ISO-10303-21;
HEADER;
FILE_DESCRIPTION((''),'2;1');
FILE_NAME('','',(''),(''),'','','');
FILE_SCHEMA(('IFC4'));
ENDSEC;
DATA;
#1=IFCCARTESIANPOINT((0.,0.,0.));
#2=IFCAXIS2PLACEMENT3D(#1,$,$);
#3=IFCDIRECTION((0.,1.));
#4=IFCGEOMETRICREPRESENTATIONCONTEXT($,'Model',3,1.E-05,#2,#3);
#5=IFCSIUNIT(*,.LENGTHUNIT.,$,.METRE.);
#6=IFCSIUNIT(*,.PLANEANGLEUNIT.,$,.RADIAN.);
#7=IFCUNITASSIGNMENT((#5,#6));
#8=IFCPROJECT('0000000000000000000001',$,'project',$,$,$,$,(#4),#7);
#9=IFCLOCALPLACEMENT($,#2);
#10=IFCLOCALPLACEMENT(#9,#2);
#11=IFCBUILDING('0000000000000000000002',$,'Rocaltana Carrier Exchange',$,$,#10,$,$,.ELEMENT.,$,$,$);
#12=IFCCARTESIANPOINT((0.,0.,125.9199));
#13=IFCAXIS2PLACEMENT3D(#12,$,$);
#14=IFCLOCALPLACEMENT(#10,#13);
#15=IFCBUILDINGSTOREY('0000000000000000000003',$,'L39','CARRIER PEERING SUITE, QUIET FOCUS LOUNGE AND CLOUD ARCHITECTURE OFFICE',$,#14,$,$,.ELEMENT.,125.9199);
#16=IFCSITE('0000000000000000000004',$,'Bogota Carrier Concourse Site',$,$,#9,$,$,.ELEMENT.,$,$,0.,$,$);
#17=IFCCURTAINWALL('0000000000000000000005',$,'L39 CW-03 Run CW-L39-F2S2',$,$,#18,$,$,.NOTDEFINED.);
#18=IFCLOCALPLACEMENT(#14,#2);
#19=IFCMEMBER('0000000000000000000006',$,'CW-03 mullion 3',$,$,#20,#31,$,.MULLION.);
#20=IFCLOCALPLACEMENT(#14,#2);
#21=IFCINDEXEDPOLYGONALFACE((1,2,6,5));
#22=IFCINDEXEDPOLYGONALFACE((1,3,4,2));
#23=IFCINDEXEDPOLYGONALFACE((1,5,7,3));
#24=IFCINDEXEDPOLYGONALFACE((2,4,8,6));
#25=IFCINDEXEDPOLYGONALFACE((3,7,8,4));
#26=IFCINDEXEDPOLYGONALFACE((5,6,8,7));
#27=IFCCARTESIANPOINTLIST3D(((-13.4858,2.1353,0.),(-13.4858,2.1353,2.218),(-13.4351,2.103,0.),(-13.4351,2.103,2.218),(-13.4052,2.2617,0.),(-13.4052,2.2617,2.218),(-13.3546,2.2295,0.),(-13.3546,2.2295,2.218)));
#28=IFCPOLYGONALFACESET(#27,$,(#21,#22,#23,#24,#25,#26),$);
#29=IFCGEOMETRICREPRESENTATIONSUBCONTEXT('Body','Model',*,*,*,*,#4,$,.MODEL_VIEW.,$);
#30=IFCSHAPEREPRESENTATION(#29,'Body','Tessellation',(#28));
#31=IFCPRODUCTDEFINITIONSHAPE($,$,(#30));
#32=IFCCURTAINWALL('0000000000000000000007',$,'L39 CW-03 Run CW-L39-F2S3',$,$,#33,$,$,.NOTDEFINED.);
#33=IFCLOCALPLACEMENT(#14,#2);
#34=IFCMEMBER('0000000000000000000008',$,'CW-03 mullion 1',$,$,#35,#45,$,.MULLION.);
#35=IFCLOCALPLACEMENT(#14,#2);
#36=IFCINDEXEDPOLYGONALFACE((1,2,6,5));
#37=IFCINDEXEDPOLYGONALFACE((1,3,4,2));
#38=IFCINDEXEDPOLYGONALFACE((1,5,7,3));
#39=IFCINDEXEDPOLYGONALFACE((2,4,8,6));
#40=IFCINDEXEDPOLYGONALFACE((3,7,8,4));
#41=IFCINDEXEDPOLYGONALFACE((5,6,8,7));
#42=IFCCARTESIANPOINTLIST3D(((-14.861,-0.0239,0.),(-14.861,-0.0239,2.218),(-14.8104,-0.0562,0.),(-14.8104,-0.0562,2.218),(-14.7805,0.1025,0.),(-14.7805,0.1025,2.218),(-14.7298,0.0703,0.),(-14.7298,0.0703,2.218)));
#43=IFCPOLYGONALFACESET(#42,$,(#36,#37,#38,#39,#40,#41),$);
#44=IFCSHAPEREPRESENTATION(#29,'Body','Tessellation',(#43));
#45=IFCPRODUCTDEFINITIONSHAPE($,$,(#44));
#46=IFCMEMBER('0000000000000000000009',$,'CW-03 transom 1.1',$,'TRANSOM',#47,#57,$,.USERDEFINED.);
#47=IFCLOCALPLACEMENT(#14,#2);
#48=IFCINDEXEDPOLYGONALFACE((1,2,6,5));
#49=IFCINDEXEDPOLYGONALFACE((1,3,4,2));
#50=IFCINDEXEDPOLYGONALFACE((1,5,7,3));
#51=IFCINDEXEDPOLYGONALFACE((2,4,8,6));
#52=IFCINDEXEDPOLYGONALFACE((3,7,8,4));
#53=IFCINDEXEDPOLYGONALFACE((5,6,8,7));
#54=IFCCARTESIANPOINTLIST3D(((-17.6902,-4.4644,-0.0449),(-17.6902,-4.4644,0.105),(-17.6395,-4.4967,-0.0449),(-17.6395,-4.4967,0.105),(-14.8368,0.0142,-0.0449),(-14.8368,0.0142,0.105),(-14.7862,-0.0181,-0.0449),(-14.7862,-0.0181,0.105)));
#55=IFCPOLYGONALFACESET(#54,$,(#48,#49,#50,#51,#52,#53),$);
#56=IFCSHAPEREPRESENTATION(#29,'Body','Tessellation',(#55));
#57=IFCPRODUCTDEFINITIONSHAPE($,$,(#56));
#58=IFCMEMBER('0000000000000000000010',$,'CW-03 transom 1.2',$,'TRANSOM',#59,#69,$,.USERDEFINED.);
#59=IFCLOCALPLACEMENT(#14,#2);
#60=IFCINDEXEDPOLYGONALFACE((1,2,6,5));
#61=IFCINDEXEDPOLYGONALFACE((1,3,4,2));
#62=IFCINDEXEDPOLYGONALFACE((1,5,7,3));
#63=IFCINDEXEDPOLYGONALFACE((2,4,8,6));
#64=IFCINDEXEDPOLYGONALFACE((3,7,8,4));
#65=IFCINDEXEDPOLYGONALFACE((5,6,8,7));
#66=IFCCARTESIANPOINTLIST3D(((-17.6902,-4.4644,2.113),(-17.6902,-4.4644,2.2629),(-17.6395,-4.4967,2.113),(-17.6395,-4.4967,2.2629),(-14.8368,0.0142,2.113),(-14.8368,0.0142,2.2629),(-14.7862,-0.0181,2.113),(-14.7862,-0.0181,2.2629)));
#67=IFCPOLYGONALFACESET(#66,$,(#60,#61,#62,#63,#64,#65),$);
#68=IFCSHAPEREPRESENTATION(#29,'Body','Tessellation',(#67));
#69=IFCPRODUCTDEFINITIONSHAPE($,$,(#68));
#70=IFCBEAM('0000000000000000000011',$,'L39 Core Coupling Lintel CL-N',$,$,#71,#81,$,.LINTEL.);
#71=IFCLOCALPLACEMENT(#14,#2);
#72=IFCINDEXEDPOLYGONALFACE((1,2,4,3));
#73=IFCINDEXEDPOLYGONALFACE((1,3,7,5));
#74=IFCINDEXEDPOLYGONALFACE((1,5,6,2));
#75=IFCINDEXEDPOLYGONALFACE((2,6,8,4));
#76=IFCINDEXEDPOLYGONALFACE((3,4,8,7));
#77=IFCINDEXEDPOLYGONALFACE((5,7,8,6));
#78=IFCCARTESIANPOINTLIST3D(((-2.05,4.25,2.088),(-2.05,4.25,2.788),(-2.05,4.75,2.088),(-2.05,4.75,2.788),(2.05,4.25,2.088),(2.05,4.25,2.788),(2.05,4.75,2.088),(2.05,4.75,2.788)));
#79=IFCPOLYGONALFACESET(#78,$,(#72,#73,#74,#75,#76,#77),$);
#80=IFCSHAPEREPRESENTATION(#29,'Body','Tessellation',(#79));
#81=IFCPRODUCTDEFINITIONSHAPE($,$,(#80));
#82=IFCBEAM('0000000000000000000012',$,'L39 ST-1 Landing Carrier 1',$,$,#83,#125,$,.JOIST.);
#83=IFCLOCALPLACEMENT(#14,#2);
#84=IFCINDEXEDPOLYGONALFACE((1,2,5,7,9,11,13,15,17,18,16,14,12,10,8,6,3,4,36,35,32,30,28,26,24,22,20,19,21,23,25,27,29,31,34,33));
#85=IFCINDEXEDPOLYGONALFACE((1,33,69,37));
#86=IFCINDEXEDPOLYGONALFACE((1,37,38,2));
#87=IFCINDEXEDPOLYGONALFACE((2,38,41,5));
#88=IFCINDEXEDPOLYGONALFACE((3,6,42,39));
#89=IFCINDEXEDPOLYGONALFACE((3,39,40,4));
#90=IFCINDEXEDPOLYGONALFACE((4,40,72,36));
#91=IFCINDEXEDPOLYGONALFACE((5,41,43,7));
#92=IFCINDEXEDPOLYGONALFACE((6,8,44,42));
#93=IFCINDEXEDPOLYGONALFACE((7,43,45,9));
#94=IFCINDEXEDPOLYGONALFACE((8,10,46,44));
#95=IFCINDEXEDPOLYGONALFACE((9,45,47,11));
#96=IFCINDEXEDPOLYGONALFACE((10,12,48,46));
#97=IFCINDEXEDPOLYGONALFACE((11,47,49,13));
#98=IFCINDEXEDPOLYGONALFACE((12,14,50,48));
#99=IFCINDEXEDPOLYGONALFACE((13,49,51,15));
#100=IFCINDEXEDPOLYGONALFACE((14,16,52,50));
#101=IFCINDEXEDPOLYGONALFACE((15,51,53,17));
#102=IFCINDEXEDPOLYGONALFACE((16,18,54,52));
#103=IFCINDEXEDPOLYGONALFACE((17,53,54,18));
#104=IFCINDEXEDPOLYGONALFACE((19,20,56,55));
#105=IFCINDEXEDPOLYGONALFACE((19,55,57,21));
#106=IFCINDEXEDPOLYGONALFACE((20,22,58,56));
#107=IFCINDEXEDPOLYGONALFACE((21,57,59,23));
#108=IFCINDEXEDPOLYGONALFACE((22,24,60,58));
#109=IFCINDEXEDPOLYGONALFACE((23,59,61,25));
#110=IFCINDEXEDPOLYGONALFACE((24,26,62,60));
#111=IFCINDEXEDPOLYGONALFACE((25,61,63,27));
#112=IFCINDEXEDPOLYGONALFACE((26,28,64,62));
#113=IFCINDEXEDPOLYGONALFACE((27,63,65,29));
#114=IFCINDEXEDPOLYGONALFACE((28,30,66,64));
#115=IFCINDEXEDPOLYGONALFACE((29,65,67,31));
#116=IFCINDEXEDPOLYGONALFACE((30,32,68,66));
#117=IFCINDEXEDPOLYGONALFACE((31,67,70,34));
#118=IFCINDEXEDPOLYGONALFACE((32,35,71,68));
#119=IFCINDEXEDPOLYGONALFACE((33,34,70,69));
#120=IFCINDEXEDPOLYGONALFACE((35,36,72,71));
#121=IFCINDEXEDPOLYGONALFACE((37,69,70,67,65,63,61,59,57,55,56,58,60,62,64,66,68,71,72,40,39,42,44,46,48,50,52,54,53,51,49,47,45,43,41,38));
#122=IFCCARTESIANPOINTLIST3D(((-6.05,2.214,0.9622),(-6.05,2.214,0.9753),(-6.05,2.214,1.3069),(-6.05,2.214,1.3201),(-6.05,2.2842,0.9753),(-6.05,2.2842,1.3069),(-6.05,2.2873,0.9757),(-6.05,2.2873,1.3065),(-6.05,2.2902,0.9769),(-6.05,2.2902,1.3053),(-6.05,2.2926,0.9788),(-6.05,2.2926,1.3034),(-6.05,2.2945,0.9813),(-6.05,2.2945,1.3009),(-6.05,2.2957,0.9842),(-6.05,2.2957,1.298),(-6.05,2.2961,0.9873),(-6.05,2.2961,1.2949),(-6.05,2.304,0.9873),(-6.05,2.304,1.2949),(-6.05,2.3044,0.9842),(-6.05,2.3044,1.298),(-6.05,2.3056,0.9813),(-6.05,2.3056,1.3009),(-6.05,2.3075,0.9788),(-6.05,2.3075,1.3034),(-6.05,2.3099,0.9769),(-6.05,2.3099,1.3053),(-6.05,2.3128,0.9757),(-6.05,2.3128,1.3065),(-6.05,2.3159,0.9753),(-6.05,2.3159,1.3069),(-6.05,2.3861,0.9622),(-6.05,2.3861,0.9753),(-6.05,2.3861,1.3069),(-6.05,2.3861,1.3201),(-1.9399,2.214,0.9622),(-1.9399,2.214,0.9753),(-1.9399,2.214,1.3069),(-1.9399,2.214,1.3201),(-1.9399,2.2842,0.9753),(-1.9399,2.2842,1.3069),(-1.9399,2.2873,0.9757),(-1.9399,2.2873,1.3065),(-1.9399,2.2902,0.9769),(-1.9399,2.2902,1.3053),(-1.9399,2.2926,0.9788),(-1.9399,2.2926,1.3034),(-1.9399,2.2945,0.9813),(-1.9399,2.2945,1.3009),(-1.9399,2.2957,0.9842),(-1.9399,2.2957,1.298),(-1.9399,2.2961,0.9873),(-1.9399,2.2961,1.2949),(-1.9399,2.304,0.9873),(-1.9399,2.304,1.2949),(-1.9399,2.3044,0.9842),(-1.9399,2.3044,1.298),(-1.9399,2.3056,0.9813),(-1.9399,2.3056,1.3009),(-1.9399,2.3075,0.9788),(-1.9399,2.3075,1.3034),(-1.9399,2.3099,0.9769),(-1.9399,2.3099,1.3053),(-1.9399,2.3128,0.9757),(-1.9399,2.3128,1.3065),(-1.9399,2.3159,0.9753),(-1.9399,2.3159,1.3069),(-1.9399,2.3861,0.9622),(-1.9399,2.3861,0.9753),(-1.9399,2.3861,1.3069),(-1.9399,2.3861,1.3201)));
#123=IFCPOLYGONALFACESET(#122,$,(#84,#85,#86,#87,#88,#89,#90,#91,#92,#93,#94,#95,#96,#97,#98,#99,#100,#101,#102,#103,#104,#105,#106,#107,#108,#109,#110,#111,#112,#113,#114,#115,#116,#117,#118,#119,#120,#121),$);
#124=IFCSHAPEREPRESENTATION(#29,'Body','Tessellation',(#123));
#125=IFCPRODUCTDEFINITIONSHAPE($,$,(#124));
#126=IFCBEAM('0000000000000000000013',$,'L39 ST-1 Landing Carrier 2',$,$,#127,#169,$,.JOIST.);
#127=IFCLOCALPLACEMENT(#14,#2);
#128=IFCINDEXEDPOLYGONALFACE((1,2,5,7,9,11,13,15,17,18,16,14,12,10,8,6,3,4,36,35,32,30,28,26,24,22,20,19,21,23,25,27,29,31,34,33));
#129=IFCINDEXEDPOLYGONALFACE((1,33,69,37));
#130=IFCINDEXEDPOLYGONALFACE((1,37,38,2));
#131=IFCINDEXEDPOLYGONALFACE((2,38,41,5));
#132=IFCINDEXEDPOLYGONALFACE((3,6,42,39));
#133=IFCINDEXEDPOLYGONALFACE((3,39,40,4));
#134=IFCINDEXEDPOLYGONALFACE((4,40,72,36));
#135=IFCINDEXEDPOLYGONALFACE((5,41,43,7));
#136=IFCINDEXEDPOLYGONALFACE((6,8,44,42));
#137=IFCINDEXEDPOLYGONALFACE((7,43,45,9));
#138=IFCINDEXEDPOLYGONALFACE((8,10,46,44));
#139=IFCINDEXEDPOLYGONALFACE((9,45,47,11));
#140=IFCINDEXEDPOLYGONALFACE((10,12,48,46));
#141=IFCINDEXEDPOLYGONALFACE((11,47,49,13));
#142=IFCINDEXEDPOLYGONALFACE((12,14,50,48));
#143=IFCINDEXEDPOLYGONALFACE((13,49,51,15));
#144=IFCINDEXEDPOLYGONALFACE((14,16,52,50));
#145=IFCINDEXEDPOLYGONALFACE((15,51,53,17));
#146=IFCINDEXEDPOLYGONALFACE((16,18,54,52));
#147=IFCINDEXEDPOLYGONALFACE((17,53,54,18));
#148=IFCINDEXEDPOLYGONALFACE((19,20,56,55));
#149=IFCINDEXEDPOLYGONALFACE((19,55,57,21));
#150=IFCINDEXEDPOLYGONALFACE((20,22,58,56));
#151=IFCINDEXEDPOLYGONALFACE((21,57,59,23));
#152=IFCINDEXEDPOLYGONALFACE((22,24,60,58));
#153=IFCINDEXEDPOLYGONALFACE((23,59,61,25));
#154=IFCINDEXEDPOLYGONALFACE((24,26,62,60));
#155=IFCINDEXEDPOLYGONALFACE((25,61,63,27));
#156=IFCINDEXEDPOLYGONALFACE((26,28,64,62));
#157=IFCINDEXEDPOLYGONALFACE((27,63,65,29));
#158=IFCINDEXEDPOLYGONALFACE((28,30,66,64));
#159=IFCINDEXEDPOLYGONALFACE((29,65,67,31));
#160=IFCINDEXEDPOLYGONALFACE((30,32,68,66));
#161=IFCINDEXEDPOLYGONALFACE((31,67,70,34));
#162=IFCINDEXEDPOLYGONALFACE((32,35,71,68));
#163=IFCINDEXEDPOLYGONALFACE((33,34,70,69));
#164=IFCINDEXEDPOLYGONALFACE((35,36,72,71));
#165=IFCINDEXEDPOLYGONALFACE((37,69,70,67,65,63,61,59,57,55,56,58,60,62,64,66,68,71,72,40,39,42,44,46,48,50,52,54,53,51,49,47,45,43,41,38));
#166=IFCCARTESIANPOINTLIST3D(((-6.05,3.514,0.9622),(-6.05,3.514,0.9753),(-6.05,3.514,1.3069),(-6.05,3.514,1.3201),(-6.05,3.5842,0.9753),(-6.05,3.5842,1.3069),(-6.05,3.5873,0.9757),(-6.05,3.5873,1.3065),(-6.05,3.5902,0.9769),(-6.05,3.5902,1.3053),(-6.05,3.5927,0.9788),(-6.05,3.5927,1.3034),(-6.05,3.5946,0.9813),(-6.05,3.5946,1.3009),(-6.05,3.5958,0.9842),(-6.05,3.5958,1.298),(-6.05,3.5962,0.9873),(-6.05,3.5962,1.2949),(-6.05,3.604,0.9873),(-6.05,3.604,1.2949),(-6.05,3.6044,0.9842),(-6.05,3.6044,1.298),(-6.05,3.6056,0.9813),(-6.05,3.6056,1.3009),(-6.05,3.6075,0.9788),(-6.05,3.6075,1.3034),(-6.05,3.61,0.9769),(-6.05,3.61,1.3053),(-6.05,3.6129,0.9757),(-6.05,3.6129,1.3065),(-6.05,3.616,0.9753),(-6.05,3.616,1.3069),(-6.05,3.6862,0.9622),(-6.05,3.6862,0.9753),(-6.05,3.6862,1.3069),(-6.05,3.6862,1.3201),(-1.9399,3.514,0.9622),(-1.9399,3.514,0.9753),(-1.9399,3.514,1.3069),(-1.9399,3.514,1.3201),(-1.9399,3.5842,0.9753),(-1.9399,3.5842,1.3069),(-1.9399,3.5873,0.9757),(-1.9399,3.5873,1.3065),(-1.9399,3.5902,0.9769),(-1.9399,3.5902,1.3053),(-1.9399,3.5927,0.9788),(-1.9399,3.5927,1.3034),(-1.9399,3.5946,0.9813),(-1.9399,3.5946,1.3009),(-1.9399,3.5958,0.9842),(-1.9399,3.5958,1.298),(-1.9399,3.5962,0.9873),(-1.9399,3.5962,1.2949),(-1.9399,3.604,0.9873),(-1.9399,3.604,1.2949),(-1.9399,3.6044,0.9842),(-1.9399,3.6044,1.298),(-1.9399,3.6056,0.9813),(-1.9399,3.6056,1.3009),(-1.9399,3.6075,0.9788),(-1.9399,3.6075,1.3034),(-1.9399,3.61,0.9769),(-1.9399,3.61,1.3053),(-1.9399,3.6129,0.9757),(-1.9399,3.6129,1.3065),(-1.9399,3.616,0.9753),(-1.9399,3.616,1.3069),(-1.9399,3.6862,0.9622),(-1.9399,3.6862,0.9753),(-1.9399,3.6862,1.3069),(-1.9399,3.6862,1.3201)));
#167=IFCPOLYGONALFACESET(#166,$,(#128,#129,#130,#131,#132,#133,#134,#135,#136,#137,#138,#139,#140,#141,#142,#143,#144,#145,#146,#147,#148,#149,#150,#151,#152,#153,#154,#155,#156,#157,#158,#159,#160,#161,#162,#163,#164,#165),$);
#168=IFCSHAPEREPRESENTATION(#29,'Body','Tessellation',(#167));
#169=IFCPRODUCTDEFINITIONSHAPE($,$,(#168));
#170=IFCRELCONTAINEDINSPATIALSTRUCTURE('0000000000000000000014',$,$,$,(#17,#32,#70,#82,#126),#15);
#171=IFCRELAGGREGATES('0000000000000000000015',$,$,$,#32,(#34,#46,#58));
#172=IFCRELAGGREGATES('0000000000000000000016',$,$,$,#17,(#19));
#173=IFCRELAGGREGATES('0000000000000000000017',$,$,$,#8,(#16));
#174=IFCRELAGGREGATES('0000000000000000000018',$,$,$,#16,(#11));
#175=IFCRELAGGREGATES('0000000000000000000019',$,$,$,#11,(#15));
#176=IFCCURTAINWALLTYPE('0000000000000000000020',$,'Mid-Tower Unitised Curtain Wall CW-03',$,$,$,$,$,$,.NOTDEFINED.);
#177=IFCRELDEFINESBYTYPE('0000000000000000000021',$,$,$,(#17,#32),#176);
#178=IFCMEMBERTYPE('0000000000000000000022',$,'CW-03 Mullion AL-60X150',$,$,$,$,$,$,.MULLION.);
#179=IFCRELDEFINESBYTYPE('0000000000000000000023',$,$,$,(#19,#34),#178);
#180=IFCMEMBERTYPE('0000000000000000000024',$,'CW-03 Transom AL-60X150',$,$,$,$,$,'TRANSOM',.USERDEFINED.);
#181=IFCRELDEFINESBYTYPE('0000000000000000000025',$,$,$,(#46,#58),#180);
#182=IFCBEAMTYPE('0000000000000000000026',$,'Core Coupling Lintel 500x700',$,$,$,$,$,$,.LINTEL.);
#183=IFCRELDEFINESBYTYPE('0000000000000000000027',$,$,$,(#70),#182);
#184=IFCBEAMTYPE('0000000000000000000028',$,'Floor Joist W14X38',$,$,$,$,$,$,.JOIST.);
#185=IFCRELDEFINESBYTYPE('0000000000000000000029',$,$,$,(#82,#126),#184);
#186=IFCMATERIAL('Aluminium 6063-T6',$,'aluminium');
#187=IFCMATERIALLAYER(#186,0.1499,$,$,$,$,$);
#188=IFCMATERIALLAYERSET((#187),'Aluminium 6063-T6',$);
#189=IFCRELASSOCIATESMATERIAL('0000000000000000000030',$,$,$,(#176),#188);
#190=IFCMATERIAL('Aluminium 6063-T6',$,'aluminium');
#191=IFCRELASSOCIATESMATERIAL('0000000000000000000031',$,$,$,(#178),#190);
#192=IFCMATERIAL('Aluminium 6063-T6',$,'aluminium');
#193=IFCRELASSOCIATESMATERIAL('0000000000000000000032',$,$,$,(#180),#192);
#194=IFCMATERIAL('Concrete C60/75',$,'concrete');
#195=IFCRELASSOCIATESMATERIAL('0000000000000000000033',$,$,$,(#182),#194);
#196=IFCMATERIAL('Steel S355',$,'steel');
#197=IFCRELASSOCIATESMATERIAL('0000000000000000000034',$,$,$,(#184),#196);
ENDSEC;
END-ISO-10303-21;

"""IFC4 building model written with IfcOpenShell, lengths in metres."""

from ifc_helpers import new_model, si_unit, direction, frame, origin, origin_2d, place, context, subcontext, project, spatial, rectangle, i_section, extrude, material, layer, layer_set, material_profile, profile_set, type_object, element, aggregate, save


model = new_model("IFC4")

# Units and contexts
model_context = context("Model", 3, precision=1e-05, world=origin(), true_north=direction((0.0, 1.0)))
body_context = subcontext(model_context, "Body", "Model", "MODEL_VIEW")
ifc_project = project(units=[si_unit("LENGTHUNIT", "METRE"), si_unit("PLANEANGLEUNIT", "RADIAN")], contexts=[model_context])

# Site, building, storey
site_placement = place(None, origin())
site = spatial("IfcSite", under=ifc_project, at=site_placement, Name="Bogota Carrier Concourse Site", CompositionType="ELEMENT", RefElevation=0.0)
building_placement = place(site_placement, origin())
building = spatial("IfcBuilding", under=site, at=building_placement, Name="Rocaltana Carrier Exchange", CompositionType="ELEMENT")
storey_placement = place(building_placement, frame((0.0, 0.0, 125.9199)))
storey = spatial("IfcBuildingStorey", under=building, at=storey_placement, Name="L39", Description="CARRIER PEERING SUITE, QUIET FOCUS LOUNGE AND CLOUD ARCHITECTURE OFFICE", CompositionType="ELEMENT", Elevation=125.9199)

# Curtain wall, member
ifc_material_1 = material(Name="Aluminium 6063-T6", Category="aluminium")
ifc_layer_1 = layer(ifc_material_1, 0.1499)
ifc_layer_set_1 = layer_set([ifc_layer_1], Name="Aluminium 6063-T6")
curtain_wall_type = type_object("IfcCurtainWallType", Name="Mid-Tower Unitised Curtain Wall CW-03", PredefinedType="NOTDEFINED", material=ifc_layer_set_1)
curtain_wall_1_placement = place(storey_placement, origin())
curtain_wall_1 = element("IfcCurtainWall", 1, at=curtain_wall_1_placement, inside=storey, type_object=curtain_wall_type, Name="L39 CW-03 Run CW-L39-F2S2", PredefinedType="NOTDEFINED")
ifc_material_2 = material(Name="Aluminium 6063-T6", Category="aluminium")
ifc_material_profile_1 = material_profile(ifc_material_2, rectangle(XDim=0.0601, YDim=0.1499, at=origin_2d()), Name="AL-60X150")
ifc_profile_set_1 = profile_set([ifc_material_profile_1], Name="Aluminium 6063-T6")
member_type_1 = type_object("IfcMemberType", Name="CW-03 Mullion AL-60X150", PredefinedType="MULLION", material=ifc_profile_set_1)
member_1_placement = place(storey_placement, frame((-13.4202, 2.1824, 0.0), z_axis=(0.0, 0.0, 1.0), x_axis=(0.843391, -0.537301, 0.0)))
member_1 = element("IfcMember", 2, at=member_1_placement, type_object=member_type_1, Name="CW-03 mullion 3", PredefinedType="MULLION", context=body_context, shape_type="SweptSolid", body=[
    extrude(rectangle(XDim=0.0601, YDim=0.1499, at=origin_2d()), origin(), (0.0, 0.0, 1.0), 2.218),
])

# Curtain wall, members
curtain_wall_2_placement = place(storey_placement, origin())
curtain_wall_2 = element("IfcCurtainWall", 3, at=curtain_wall_2_placement, inside=storey, type_object=curtain_wall_type, Name="L39 CW-03 Run CW-L39-F2S3", PredefinedType="NOTDEFINED")
member_2_placement = place(storey_placement, frame((-14.7954, 0.0232, 0.0), z_axis=(0.0, 0.0, 1.0), x_axis=(0.843391, -0.537301, 0.0)))
member_2 = element("IfcMember", 4, at=member_2_placement, type_object=member_type_1, Name="CW-03 mullion 1", PredefinedType="MULLION", context=body_context, shape_type="SweptSolid", body=[
    extrude(rectangle(XDim=0.0601, YDim=0.1499, at=origin_2d()), origin(), (0.0, 0.0, 1.0), 2.218),
])
ifc_material_3 = material(Name="Aluminium 6063-T6", Category="aluminium")
ifc_material_profile_2 = material_profile(ifc_material_3, rectangle(XDim=0.0601, YDim=0.1499, at=origin_2d()), Name="AL-60X150")
ifc_profile_set_2 = profile_set([ifc_material_profile_2], Name="Aluminium 6063-T6")
member_type_2 = type_object("IfcMemberType", Name="CW-03 Transom AL-60X150", ElementType="TRANSOM", PredefinedType="USERDEFINED", material=ifc_profile_set_2)
member_3_placement = place(storey_placement, frame((-14.8115, -0.002, 0.03), z_axis=(-0.537319, -0.843379, 0.0), x_axis=(0.843379, -0.537319, 0.0)))
member_3 = element("IfcMember", 5, at=member_3_placement, type_object=member_type_2, Name="CW-03 transom 1.1", ObjectType="TRANSOM", PredefinedType="USERDEFINED", context=body_context, shape_type="SweptSolid", body=[
    extrude(rectangle(XDim=0.0601, YDim=0.1499, at=origin_2d()), origin(), (0.0, 0.0, 1.0), 5.3103),
])
member_4_placement = place(storey_placement, frame((-14.8115, -0.002, 2.188), z_axis=(-0.537319, -0.843379, 0.0), x_axis=(0.843379, -0.537319, 0.0)))
member_4 = element("IfcMember", 6, at=member_4_placement, type_object=member_type_2, Name="CW-03 transom 1.2", ObjectType="TRANSOM", PredefinedType="USERDEFINED", context=body_context, shape_type="SweptSolid", body=[
    extrude(rectangle(XDim=0.0601, YDim=0.1499, at=origin_2d()), origin(), (0.0, 0.0, 1.0), 5.3103),
])
aggregate(curtain_wall_2, [member_2, member_3, member_4])

# Beams
ifc_material_4 = material(Name="Concrete C60/75", Category="concrete")
ifc_material_profile_3 = material_profile(ifc_material_4, rectangle(XDim=0.5, YDim=0.7, at=origin_2d()), Name="RC-BM-500X700")
ifc_profile_set_3 = profile_set([ifc_material_profile_3], Name="Concrete C60/75")
beam_type_1 = type_object("IfcBeamType", Name="Core Coupling Lintel 500x700", PredefinedType="LINTEL", material=ifc_profile_set_3)
beam_1_placement = place(storey_placement, frame((-2.05, 4.5, 2.438), z_axis=(1.0, 0.0, 0.0), x_axis=(0.0, 1.0, 0.0)))
element("IfcBeam", 7, at=beam_1_placement, inside=storey, type_object=beam_type_1, Name="L39 Core Coupling Lintel CL-N", PredefinedType="LINTEL", context=body_context, shape_type="SweptSolid", body=[
    extrude(rectangle(XDim=0.5, YDim=0.7, at=origin_2d()), origin(), (0.0, 0.0, 1.0), 4.1001),
])
ifc_material_5 = material(Name="Steel S355", Category="steel")
ifc_material_profile_4 = material_profile(ifc_material_5, i_section(OverallWidth=0.1721, OverallDepth=0.3579, WebThickness=0.0078, FlangeThickness=0.0132, FilletRadius=0.012, at=origin_2d()), Name="W14X38")
ifc_profile_set_4 = profile_set([ifc_material_profile_4], Name="Steel S355")
beam_type_2 = type_object("IfcBeamType", Name="Floor Joist W14X38", PredefinedType="JOIST", material=ifc_profile_set_4)
for number, where, z_axis, x_axis, name in (
    (8, (-6.05, 2.3, 1.1411), (1.0, 0.0, 0.0), (0.0, 1.0, 0.0), "L39 ST-1 Landing Carrier 1"),
    (9, (-6.05, 3.6001, 1.1411), (1.0, 0.0, 0.0), (0.0, 1.0, 0.0), "L39 ST-1 Landing Carrier 2"),
):
    element("IfcBeam", number, at=place(storey_placement, frame(where, z_axis=z_axis, x_axis=x_axis)), inside=storey, type_object=beam_type_2, Name=name, PredefinedType="JOIST", context=body_context, shape_type="SweptSolid", body=[
        extrude(i_section(OverallWidth=0.1721, OverallDepth=0.3579, WebThickness=0.0078, FlangeThickness=0.0132, FilletRadius=0.012, at=origin_2d()), origin(), (0.0, 0.0, 1.0), 4.1101),
    ])

aggregate(curtain_wall_1, [member_1])

save(model, "model.ifc")
